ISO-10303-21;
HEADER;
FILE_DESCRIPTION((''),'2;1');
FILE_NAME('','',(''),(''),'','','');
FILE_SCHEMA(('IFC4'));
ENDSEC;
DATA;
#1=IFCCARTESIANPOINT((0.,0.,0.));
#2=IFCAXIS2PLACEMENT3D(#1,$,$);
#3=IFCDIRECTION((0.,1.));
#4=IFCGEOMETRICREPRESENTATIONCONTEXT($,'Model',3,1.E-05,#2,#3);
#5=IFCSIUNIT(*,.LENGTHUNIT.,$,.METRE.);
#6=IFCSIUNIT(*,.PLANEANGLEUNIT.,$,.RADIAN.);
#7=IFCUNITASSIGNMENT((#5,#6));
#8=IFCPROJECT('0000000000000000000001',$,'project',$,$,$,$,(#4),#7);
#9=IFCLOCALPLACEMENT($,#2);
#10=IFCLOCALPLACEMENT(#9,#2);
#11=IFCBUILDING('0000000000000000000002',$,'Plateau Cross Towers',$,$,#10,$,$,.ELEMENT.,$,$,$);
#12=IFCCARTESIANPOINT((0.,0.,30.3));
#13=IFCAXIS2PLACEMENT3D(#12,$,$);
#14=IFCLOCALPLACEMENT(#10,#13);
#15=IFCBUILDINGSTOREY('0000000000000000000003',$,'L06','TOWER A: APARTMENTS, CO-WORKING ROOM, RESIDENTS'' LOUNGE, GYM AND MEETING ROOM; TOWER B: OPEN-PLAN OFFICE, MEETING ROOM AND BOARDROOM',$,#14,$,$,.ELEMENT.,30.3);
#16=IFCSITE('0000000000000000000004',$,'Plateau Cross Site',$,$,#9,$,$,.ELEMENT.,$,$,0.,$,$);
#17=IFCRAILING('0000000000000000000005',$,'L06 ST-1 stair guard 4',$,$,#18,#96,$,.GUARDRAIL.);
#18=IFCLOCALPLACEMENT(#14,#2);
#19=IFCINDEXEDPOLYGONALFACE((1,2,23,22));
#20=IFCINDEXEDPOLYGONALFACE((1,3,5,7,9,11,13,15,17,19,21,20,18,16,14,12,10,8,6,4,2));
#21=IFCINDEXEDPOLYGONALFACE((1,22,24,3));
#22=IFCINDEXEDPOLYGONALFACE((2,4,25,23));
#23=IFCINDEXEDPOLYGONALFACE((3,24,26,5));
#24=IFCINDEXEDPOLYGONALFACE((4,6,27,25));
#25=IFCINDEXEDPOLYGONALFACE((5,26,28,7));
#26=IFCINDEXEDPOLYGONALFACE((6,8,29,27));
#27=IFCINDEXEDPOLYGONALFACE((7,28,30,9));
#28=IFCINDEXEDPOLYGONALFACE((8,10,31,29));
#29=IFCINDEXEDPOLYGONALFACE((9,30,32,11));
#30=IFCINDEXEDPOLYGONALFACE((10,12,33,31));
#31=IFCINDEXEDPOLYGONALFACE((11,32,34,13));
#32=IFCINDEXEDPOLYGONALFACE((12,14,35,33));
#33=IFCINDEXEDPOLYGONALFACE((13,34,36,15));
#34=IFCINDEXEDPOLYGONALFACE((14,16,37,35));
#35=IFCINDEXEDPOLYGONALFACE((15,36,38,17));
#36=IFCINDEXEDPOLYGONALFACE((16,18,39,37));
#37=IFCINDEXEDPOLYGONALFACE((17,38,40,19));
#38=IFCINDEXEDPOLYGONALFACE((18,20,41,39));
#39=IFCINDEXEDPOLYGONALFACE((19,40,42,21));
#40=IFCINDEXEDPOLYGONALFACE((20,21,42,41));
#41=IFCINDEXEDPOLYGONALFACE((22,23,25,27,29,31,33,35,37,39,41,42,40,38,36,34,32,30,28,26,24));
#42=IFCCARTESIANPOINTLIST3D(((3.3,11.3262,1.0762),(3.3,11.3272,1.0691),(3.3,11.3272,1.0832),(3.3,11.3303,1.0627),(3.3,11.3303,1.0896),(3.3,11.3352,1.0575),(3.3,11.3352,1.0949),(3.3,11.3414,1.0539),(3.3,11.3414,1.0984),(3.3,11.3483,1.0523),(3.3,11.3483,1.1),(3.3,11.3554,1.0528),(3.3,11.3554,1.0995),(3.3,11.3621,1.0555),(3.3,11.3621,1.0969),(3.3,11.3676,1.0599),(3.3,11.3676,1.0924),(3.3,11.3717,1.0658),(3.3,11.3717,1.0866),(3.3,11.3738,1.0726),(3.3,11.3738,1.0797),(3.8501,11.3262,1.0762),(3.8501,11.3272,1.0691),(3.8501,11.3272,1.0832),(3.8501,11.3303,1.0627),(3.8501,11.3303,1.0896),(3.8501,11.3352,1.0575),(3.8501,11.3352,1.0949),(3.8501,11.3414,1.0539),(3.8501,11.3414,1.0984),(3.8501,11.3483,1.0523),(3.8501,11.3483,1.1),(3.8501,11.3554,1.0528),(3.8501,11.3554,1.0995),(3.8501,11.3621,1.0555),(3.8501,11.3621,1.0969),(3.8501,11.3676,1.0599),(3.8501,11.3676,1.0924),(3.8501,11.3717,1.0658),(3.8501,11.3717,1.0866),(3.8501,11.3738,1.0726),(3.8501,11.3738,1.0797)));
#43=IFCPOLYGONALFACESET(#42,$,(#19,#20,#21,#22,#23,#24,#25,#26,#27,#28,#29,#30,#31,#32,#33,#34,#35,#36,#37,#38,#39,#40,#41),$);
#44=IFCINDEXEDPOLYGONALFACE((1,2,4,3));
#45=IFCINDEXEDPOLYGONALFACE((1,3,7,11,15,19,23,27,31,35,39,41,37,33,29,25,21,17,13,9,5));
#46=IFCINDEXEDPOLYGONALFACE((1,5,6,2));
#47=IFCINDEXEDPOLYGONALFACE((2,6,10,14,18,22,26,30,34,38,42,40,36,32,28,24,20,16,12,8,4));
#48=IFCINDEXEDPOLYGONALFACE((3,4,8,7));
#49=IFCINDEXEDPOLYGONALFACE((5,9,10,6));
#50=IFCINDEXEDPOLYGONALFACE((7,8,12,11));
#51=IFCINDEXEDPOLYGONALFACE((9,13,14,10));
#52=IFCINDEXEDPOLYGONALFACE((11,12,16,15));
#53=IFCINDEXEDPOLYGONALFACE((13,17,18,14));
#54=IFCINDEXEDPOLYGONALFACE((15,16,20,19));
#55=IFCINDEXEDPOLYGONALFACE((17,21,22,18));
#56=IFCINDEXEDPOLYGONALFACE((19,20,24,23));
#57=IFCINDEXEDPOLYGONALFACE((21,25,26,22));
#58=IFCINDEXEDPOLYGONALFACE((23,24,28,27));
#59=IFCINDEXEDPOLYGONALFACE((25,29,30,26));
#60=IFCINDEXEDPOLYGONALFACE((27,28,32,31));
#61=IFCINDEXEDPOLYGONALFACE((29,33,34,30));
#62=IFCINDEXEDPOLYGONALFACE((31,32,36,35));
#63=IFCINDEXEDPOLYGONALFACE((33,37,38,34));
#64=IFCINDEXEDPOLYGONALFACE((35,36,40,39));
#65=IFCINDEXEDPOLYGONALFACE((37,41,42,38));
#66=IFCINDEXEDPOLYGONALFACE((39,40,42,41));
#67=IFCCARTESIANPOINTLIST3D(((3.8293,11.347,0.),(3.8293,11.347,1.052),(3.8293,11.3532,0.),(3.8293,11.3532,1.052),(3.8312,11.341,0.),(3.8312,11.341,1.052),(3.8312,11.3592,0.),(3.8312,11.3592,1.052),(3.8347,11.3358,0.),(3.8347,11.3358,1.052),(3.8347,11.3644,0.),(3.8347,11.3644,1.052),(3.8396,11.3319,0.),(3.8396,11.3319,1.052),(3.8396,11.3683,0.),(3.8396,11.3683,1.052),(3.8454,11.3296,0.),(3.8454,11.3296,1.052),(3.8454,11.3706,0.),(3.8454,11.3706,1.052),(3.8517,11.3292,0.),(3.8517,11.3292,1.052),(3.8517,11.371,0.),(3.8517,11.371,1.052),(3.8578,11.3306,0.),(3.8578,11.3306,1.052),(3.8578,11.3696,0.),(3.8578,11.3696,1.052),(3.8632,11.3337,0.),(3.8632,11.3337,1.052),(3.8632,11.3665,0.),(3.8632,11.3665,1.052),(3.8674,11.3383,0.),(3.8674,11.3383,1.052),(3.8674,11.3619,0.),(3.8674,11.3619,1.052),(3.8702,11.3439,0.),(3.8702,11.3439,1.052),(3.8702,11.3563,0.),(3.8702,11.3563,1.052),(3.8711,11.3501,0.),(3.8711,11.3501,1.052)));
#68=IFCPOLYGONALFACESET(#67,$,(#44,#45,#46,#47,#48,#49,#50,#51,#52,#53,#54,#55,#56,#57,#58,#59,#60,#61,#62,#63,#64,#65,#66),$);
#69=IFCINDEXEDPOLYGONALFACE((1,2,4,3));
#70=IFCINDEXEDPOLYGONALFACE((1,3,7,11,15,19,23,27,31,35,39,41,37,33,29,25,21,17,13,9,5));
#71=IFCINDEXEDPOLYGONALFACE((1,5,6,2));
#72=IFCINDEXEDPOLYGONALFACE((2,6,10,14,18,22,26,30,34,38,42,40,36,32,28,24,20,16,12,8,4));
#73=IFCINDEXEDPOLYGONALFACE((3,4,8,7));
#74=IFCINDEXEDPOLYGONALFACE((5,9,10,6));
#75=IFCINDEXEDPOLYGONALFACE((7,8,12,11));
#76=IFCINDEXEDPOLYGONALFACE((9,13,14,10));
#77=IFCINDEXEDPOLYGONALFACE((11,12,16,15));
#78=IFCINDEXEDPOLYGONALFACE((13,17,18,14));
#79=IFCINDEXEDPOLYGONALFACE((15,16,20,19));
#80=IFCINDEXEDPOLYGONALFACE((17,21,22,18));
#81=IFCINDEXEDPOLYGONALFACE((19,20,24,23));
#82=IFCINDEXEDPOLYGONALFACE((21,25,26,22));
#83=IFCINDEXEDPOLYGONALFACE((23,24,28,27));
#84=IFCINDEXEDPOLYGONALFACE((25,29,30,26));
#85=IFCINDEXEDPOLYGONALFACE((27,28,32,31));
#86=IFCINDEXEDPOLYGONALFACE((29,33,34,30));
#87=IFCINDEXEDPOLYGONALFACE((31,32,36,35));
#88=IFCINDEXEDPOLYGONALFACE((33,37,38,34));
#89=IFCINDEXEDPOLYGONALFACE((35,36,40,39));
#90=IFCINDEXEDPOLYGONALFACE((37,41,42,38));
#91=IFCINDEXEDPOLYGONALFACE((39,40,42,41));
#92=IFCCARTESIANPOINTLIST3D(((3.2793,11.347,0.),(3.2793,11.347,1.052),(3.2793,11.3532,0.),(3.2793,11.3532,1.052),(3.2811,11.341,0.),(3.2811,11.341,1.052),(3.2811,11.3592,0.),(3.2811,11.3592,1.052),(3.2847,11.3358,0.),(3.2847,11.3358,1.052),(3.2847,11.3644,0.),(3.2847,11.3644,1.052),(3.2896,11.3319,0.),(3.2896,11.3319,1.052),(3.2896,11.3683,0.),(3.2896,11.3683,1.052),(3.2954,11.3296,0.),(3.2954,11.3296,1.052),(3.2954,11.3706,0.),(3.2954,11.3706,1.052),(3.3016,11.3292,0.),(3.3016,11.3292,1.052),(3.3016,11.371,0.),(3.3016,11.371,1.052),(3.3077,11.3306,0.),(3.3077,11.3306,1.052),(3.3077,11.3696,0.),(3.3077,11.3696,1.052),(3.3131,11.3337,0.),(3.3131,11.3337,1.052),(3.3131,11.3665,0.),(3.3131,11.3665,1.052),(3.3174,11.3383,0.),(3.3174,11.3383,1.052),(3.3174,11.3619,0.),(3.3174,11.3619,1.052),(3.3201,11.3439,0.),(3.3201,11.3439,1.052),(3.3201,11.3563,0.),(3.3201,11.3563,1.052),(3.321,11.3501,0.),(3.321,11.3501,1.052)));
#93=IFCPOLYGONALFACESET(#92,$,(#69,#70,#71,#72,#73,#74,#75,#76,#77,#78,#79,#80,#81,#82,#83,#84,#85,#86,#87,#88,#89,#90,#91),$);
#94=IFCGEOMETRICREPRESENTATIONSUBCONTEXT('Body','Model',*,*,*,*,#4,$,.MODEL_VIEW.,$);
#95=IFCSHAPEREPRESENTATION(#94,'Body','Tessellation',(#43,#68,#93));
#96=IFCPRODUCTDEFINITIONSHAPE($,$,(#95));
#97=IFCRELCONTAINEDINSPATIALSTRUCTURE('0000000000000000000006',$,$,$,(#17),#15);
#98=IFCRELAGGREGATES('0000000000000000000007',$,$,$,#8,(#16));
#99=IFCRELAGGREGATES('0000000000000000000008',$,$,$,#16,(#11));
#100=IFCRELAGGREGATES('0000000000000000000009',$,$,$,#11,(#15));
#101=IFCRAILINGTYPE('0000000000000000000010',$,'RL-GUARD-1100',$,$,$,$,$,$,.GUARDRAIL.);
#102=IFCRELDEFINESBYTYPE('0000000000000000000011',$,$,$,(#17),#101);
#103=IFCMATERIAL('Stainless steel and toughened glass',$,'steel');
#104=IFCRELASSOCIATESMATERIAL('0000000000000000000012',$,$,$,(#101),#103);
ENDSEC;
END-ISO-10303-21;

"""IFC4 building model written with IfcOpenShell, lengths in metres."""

from ifc_helpers import new_model, si_unit, direction, frame, origin, origin_2d, place, context, subcontext, project, spatial, circle, extrude, material, type_object, element, save


model = new_model("IFC4")

# Units and contexts
model_context = context("Model", 3, precision=1e-05, world=origin(), true_north=direction((0.0, 1.0)))
body_context = subcontext(model_context, "Body", "Model", "MODEL_VIEW")
ifc_project = project(units=[si_unit("LENGTHUNIT", "METRE"), si_unit("PLANEANGLEUNIT", "RADIAN")], contexts=[model_context])

# Site, building, storey
site_placement = place(None, origin())
site = spatial("IfcSite", under=ifc_project, at=site_placement, Name="Plateau Cross Site", CompositionType="ELEMENT", RefElevation=0.0)
building_placement = place(site_placement, origin())
building = spatial("IfcBuilding", under=site, at=building_placement, Name="Plateau Cross Towers", CompositionType="ELEMENT")
storey_placement = place(building_placement, frame((0.0, 0.0, 30.3)))
storey = spatial("IfcBuildingStorey", under=building, at=storey_placement, Name="L06", Description="TOWER A: APARTMENTS, CO-WORKING ROOM, RESIDENTS' LOUNGE, GYM AND MEETING ROOM; TOWER B: OPEN-PLAN OFFICE, MEETING ROOM AND BOARDROOM", CompositionType="ELEMENT", Elevation=30.3)

# Railing
ifc_material_1 = material(Name="Stainless steel and toughened glass", Category="steel")
railing_type_1 = type_object("IfcRailingType", Name="RL-GUARD-1100", PredefinedType="GUARDRAIL", material=ifc_material_1)
railing_1_placement = place(storey_placement, frame((3.8501, 11.3501, 0.0)))
element("IfcRailing", 1, at=railing_1_placement, inside=storey, type_object=railing_type_1, Name="L06 ST-1 stair guard 4", PredefinedType="GUARDRAIL", context=body_context, shape_type="SweptSolid", body=[
    extrude(circle(Radius=0.0239, at=origin_2d()), frame((0.0, 0.0, 1.0762), z_axis=(-1.0, 0.0, 0.0), x_axis=(0.0, -1.0, 0.0)), (0.0, 0.0, 1.0), 0.55),
    extrude(circle(Radius=0.021, at=origin_2d()), origin(), (0.0, 0.0, 1.0), 1.052),
    extrude(circle(Radius=0.021, at=origin_2d()), frame((-0.55, 0.0, 0.0)), (0.0, 0.0, 1.0), 1.052),
])

save(model, "model.ifc")
